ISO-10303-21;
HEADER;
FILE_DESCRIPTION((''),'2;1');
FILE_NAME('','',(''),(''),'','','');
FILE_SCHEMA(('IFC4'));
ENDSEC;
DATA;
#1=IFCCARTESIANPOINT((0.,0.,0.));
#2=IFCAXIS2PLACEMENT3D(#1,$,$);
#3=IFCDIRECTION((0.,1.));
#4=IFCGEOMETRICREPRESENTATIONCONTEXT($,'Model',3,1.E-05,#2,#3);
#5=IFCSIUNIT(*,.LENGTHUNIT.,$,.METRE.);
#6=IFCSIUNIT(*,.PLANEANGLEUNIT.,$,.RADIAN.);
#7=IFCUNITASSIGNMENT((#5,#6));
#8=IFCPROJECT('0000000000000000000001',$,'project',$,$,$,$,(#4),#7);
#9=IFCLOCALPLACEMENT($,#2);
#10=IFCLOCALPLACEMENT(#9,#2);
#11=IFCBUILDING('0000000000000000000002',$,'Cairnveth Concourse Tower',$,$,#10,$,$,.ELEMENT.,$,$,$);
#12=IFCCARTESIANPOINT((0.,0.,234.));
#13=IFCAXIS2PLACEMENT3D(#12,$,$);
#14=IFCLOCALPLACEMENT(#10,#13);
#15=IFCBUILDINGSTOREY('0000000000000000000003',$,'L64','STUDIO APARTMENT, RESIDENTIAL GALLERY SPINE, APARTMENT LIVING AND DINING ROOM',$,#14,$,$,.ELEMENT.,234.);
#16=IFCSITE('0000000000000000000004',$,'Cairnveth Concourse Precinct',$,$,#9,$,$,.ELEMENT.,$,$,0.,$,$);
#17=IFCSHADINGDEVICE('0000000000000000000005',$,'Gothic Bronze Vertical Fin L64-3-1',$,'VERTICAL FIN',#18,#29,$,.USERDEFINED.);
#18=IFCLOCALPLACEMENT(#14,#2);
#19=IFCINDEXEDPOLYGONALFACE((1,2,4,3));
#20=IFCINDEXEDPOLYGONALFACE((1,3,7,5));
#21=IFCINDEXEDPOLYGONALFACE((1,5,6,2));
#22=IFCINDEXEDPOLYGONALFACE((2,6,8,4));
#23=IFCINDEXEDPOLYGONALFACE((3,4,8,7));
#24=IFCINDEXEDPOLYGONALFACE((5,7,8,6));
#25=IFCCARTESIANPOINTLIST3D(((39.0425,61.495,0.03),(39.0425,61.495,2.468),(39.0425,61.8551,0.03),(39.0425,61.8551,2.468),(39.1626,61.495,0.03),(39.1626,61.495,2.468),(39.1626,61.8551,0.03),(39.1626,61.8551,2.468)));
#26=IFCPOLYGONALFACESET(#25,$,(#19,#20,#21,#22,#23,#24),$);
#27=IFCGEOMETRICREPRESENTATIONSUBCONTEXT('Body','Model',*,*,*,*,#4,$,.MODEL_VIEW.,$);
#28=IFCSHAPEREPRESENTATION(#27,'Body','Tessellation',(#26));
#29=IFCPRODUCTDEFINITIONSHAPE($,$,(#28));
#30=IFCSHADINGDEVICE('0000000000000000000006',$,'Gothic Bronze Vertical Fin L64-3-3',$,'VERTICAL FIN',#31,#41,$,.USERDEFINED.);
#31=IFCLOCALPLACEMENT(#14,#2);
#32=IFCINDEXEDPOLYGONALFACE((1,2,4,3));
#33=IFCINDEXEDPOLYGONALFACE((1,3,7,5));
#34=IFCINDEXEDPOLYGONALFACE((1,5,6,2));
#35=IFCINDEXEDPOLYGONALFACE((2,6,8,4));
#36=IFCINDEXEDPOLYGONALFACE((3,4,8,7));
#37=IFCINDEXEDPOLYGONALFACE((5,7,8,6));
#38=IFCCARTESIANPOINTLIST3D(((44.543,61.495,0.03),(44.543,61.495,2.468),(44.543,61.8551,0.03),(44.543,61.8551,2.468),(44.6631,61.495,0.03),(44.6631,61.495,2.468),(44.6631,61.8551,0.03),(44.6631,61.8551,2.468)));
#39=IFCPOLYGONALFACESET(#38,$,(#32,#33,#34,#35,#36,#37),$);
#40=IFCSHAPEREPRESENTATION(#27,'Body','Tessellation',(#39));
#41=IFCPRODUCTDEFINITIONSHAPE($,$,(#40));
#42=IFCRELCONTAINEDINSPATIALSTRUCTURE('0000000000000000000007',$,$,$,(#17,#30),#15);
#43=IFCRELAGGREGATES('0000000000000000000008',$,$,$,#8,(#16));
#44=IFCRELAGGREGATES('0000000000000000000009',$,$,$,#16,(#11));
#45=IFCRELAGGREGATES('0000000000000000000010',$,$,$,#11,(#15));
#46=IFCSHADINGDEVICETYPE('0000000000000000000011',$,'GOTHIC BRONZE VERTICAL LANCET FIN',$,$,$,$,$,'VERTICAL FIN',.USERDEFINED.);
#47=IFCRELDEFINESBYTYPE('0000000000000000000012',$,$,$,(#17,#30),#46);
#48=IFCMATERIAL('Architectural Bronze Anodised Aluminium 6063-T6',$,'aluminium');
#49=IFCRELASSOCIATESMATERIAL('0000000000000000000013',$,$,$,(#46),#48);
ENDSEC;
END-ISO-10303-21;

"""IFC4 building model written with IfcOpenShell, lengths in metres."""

from ifc_helpers import new_model, si_unit, direction, frame, origin, origin_2d, place, context, subcontext, project, spatial, rectangle, extrude, material, type_object, element, save


model = new_model("IFC4")

# Units and contexts
model_context = context("Model", 3, precision=1e-05, world=origin(), true_north=direction((0.0, 1.0)))
body_context = subcontext(model_context, "Body", "Model", "MODEL_VIEW")
ifc_project = project(units=[si_unit("LENGTHUNIT", "METRE"), si_unit("PLANEANGLEUNIT", "RADIAN")], contexts=[model_context])

# Site, building, storey
site_placement = place(None, origin())
site = spatial("IfcSite", under=ifc_project, at=site_placement, Name="Cairnveth Concourse Precinct", CompositionType="ELEMENT", RefElevation=0.0)
building_placement = place(site_placement, origin())
building = spatial("IfcBuilding", under=site, at=building_placement, Name="Cairnveth Concourse Tower", CompositionType="ELEMENT")
storey_placement = place(building_placement, frame((0.0, 0.0, 234.0)))
storey = spatial("IfcBuildingStorey", under=building, at=storey_placement, Name="L64", Description="STUDIO APARTMENT, RESIDENTIAL GALLERY SPINE, APARTMENT LIVING AND DINING ROOM", CompositionType="ELEMENT", Elevation=234.0)

# Shading devices
ifc_material_1 = material(Name="Architectural Bronze Anodised Aluminium 6063-T6", Category="aluminium")
shading_device_type = type_object("IfcShadingDeviceType", Name="GOTHIC BRONZE VERTICAL LANCET FIN", ElementType="VERTICAL FIN", PredefinedType="USERDEFINED", material=ifc_material_1)
for number, where, z_axis, x_axis, name in (
    (1, (39.1025, 61.675, 0.03), (0.0, 0.0, 1.0), (1.0, 0.0, 0.0), "Gothic Bronze Vertical Fin L64-3-1"),
    (2, (44.603, 61.675, 0.03), (0.0, 0.0, 1.0), (1.0, 0.0, 0.0), "Gothic Bronze Vertical Fin L64-3-3"),
):
    element("IfcShadingDevice", number, at=place(storey_placement, frame(where, z_axis=z_axis, x_axis=x_axis)), inside=storey, type_object=shading_device_type, Name=name, ObjectType="VERTICAL FIN", PredefinedType="USERDEFINED", context=body_context, shape_type="SweptSolid", body=[
        extrude(rectangle(XDim=0.1201, YDim=0.3601, at=origin_2d()), origin(), (0.0, 0.0, 1.0), 2.438),
    ])

save(model, "model.ifc")
